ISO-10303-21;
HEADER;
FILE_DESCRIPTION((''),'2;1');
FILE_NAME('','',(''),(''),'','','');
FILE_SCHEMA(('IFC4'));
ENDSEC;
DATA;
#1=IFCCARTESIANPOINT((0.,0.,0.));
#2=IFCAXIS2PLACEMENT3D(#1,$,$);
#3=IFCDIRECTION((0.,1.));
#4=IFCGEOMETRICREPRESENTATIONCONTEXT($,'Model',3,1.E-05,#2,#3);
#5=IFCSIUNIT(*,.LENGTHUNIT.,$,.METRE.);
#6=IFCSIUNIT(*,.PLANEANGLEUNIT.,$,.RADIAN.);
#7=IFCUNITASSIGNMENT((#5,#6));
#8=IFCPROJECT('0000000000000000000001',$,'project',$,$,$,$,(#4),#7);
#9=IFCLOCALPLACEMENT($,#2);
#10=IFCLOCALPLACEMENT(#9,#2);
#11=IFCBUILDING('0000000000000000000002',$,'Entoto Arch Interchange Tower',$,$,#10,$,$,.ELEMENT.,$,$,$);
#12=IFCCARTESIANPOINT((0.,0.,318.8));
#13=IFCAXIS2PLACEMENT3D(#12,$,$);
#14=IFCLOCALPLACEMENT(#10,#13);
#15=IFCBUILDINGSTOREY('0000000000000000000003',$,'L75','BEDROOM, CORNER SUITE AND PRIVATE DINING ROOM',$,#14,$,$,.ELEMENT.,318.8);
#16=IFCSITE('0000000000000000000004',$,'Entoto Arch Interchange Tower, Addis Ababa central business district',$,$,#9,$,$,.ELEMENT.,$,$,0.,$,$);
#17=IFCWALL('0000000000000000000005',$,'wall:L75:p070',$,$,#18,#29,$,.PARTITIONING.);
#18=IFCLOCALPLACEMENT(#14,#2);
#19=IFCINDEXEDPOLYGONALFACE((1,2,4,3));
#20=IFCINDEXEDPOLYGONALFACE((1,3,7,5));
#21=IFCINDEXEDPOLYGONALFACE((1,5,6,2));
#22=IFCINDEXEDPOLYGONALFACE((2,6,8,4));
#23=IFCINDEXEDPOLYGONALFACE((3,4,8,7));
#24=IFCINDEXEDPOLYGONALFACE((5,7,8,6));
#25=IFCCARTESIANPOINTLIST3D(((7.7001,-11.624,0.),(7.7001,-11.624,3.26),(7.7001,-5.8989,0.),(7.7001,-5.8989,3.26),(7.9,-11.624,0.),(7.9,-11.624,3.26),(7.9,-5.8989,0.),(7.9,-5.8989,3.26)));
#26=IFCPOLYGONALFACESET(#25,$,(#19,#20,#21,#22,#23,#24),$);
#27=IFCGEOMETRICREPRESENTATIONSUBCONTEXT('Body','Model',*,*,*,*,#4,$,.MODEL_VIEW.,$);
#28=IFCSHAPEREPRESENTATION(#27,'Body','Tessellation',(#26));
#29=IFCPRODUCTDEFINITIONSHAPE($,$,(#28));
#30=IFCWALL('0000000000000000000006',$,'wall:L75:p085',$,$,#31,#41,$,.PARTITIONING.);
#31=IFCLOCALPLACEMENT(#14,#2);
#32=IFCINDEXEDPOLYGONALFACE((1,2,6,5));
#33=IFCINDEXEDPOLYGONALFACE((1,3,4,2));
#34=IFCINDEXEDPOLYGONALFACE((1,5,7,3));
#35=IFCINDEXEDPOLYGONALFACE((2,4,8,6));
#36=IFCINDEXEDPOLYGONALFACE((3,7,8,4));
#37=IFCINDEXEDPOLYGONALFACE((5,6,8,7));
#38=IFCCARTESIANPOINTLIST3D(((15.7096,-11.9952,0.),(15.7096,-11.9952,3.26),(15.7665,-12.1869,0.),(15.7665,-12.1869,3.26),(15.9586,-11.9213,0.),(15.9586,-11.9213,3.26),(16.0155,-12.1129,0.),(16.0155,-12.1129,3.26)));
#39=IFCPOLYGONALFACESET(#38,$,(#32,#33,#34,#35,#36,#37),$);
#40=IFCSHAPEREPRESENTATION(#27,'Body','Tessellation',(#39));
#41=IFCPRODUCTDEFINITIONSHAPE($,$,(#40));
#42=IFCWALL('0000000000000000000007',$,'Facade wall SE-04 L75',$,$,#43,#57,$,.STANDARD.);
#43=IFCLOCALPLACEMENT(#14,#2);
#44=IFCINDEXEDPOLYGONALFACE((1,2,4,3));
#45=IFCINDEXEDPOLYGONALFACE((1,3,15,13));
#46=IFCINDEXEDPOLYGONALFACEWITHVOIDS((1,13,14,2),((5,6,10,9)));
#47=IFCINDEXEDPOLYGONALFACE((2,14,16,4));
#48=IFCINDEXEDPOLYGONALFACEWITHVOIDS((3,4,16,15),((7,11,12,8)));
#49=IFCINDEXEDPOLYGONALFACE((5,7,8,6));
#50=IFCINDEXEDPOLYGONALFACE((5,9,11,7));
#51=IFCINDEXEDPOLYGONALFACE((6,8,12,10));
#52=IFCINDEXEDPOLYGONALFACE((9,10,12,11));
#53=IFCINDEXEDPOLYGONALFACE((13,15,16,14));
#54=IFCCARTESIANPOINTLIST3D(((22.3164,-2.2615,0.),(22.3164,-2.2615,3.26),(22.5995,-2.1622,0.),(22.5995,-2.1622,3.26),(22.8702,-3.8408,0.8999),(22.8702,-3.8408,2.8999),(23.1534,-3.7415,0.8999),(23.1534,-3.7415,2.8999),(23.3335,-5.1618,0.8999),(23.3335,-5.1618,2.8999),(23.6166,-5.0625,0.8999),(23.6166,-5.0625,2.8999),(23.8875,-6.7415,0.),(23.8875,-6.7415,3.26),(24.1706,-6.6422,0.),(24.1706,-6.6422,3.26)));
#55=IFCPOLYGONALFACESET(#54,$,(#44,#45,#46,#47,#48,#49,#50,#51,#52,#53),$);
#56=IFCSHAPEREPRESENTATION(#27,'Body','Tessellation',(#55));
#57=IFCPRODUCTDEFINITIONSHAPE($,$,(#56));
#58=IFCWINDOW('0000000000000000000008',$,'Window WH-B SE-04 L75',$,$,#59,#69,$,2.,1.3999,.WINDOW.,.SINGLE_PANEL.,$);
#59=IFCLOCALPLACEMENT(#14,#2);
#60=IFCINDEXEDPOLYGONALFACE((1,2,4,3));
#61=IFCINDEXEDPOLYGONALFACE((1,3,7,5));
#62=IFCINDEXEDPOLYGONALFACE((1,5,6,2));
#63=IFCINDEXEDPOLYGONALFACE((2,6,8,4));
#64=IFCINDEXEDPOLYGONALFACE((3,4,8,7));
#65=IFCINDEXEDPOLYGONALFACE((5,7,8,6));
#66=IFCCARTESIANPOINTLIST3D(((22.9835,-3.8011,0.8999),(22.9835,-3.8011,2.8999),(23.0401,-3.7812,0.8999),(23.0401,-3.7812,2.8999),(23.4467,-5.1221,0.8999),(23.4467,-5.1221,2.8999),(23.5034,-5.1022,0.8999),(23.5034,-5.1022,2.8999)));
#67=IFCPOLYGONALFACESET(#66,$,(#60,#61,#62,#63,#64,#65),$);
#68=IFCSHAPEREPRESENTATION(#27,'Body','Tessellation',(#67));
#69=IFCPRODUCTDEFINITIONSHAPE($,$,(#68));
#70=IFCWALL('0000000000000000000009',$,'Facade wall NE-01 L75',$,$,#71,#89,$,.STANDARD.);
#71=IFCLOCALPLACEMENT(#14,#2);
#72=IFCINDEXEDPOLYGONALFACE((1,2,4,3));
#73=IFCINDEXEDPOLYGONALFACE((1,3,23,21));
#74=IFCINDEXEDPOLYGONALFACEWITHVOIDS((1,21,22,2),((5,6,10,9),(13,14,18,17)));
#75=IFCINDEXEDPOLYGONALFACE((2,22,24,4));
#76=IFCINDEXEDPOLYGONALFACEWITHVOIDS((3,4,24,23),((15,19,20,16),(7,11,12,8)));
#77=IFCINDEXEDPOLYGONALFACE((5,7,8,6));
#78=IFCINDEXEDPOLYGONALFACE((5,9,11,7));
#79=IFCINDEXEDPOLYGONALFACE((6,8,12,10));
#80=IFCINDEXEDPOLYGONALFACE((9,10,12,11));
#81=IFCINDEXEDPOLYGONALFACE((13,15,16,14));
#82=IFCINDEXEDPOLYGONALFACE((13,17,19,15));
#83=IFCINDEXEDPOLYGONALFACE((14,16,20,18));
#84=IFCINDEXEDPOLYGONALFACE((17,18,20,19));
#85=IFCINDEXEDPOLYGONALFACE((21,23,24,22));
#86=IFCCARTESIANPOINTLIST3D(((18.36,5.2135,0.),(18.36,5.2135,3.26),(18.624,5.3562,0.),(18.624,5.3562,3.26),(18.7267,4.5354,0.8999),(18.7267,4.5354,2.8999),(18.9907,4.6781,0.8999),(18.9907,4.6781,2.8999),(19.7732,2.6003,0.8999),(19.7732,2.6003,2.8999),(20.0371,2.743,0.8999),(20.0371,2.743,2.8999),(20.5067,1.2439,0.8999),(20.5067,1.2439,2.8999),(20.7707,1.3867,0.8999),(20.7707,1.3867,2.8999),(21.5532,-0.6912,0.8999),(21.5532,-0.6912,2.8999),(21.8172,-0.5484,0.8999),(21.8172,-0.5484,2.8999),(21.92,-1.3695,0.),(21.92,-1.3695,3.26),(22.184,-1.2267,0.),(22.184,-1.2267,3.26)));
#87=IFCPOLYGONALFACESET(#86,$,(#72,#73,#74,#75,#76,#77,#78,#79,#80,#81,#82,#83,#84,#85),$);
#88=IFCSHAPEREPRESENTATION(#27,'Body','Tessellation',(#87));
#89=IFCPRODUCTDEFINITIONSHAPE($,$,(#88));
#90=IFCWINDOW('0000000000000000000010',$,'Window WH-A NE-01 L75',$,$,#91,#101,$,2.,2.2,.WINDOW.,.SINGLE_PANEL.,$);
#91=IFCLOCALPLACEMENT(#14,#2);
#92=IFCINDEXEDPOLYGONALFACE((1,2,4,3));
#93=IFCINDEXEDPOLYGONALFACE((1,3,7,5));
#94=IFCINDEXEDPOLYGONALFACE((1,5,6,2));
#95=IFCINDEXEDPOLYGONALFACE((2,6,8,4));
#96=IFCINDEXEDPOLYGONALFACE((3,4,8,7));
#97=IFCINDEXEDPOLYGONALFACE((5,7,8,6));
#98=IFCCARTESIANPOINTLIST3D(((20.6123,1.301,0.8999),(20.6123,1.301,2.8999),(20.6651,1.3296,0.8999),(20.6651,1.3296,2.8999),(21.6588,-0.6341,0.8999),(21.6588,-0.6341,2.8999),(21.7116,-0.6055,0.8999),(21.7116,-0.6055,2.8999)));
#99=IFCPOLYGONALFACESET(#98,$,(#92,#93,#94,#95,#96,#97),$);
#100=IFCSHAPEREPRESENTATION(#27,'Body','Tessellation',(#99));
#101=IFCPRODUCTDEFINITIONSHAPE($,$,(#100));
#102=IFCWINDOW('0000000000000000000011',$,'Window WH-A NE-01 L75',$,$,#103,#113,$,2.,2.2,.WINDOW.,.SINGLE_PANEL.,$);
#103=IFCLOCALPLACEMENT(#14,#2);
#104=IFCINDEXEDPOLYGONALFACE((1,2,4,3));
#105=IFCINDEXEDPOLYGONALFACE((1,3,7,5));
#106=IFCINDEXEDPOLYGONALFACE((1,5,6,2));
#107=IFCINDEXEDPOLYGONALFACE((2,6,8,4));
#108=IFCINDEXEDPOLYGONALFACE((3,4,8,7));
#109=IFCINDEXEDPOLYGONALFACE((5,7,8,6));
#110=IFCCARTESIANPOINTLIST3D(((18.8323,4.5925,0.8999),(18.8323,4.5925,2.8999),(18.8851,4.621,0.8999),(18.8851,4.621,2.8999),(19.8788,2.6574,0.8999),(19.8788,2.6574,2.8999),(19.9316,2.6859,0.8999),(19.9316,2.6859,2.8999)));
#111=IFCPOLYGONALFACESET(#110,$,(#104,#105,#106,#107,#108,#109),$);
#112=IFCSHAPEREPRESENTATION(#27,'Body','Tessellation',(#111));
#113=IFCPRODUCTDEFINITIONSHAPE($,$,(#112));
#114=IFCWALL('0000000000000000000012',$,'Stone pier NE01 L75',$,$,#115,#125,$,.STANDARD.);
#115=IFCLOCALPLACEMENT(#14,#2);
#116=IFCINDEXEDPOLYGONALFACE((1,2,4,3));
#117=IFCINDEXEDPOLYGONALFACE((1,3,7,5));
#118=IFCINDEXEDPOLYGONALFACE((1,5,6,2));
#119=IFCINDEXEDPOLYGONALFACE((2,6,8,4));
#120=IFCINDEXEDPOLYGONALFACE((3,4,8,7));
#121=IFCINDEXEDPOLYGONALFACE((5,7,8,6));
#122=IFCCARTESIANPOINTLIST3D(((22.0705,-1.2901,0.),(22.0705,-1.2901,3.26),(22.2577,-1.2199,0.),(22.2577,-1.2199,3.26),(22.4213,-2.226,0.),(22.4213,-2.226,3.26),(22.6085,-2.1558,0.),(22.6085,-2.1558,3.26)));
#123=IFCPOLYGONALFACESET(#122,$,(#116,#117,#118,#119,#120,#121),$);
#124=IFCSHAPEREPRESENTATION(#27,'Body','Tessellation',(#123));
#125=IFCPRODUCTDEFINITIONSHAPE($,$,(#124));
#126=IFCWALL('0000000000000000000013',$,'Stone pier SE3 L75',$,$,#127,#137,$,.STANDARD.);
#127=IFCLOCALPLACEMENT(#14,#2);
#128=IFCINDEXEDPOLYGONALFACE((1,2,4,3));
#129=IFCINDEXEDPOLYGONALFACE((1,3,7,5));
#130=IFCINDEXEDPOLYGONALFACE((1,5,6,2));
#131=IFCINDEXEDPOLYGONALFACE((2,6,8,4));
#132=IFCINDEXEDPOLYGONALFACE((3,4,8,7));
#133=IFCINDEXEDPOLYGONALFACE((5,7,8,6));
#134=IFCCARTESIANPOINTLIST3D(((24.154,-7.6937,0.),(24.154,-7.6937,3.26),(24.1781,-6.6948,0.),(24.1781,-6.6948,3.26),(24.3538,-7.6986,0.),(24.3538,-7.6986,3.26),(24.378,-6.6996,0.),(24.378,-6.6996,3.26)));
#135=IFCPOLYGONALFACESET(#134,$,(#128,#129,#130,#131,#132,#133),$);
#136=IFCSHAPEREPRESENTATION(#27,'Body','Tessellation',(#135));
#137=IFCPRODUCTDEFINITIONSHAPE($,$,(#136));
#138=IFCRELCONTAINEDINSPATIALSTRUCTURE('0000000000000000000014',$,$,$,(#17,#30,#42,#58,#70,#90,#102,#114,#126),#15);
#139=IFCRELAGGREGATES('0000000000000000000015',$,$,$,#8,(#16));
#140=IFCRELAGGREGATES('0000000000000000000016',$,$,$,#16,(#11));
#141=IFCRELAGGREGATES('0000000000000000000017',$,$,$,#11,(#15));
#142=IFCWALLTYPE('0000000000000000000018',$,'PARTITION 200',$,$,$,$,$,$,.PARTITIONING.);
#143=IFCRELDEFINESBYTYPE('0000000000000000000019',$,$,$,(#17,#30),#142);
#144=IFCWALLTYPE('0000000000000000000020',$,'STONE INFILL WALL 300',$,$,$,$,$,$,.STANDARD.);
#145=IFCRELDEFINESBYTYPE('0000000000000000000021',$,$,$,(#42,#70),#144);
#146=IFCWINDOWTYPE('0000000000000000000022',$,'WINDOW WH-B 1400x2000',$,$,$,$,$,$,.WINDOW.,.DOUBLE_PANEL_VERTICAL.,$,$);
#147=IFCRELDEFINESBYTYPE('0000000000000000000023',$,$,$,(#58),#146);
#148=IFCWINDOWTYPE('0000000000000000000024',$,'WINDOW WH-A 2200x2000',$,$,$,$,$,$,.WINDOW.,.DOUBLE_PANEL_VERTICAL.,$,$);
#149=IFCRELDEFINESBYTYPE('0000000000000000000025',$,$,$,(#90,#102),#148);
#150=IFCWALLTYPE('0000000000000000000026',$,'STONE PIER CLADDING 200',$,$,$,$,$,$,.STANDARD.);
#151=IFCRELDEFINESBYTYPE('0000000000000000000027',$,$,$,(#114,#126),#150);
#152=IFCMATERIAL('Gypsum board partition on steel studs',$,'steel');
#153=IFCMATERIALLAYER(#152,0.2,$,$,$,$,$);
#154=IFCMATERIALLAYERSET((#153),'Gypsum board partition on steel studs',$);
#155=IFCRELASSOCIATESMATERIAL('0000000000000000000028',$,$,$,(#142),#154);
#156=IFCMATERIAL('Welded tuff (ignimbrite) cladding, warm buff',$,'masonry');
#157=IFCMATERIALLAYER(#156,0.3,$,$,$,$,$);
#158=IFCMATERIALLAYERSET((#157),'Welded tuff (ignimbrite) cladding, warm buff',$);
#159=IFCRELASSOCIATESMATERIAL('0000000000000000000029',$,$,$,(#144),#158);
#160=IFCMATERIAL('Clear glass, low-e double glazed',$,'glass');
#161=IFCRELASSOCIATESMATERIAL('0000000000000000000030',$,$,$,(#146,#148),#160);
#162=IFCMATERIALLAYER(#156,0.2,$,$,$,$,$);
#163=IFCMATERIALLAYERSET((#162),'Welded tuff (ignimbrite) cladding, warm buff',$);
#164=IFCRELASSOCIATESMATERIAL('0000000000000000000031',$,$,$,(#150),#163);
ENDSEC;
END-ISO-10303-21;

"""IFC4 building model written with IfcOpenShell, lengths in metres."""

from ifc_helpers import new_model, si_unit, direction, frame, frame_2d, origin, place, context, subcontext, project, spatial, rectangle, extrude, material, layer, layer_set, type_object, element, fill, save


model = new_model("IFC4")

# Units and contexts
model_context = context("Model", 3, precision=1e-05, world=origin(), true_north=direction((0.0, 1.0)))
body_context = subcontext(model_context, "Body", "Model", "MODEL_VIEW")
ifc_project = project(units=[si_unit("LENGTHUNIT", "METRE"), si_unit("PLANEANGLEUNIT", "RADIAN")], contexts=[model_context])

# Site, building, storey
site_placement = place(None, origin())
site = spatial("IfcSite", under=ifc_project, at=site_placement, Name="Entoto Arch Interchange Tower, Addis Ababa central business district", CompositionType="ELEMENT", RefElevation=0.0)
building_placement = place(site_placement, origin())
building = spatial("IfcBuilding", under=site, at=building_placement, Name="Entoto Arch Interchange Tower", CompositionType="ELEMENT")
storey_placement = place(building_placement, frame((0.0, 0.0, 318.8)))
storey = spatial("IfcBuildingStorey", under=building, at=storey_placement, Name="L75", Description="BEDROOM, CORNER SUITE AND PRIVATE DINING ROOM", CompositionType="ELEMENT", Elevation=318.8)

# Shared definitions
ifc_material_1 = material(Name="Gypsum board partition on steel studs", Category="steel")
ifc_layer_1 = layer(ifc_material_1, 0.2)
ifc_layer_set_1 = layer_set([ifc_layer_1], Name="Gypsum board partition on steel studs")
wall_type_1 = type_object("IfcWallType", Name="PARTITION 200", PredefinedType="PARTITIONING", material=ifc_layer_set_1)

# Walls
wall_1_placement = place(storey_placement, frame((7.8, -5.8989, 0.0), z_axis=(0.0, 0.0, 1.0), x_axis=(0.0, -1.0, 0.0)))
element("IfcWall", 1, at=wall_1_placement, inside=storey, type_object=wall_type_1, Name="wall:L75:p070", PredefinedType="PARTITIONING", context=body_context, shape_type="SweptSolid", body=[
    extrude(rectangle(XDim=5.7251, YDim=0.2, at=frame_2d((2.8625, 0.0))), origin(), (0.0, 0.0, 1.0), 3.26),
])
wall_2_placement = place(storey_placement, frame((15.9871, -12.0171, 0.0), z_axis=(0.0, 0.0, 1.0), x_axis=(-0.958599, -0.28476, 0.0)))
element("IfcWall", 2, at=wall_2_placement, inside=storey, type_object=wall_type_1, Name="wall:L75:p085", PredefinedType="PARTITIONING", context=body_context, shape_type="SweptSolid", body=[
    extrude(rectangle(XDim=0.2598, YDim=0.2, at=frame_2d((0.1299, 0.0))), origin(), (0.0, 0.0, 1.0), 3.26),
])

# Wall, opening, window
ifc_material_2 = material(Name="Welded tuff (ignimbrite) cladding, warm buff", Category="masonry")
ifc_layer_2 = layer(ifc_material_2, 0.3)
ifc_layer_set_2 = layer_set([ifc_layer_2], Name="Welded tuff (ignimbrite) cladding, warm buff")
wall_type_2 = type_object("IfcWallType", Name="STONE INFILL WALL 300", PredefinedType="STANDARD", material=ifc_layer_set_2)
wall_3_placement = place(storey_placement, frame((24.0291, -6.6919, 0.0), z_axis=(0.0, 0.0, 1.0), x_axis=(-0.330923, 0.943658, 0.0)))
wall_3 = element("IfcWall", 3, at=wall_3_placement, inside=storey, type_object=wall_type_2, Name="Facade wall SE-04 L75", PredefinedType="STANDARD", context=body_context, shape_type="SweptSolid", body=[
    extrude(rectangle(XDim=4.7476, YDim=0.3, at=frame_2d((2.3738, 0.0))), origin(), (0.0, 0.0, 1.0), 3.26),
])
opening_1_placement = place(wall_3_placement, frame((1.6741, 0.0, 0.8999)))
opening_1 = element("IfcOpeningElement", 4, at=opening_1_placement, cuts=wall_3, PredefinedType="OPENING", context=body_context, shape_type="SweptSolid", body=[
    extrude(rectangle(XDim=1.3999, YDim=2.0, at=frame_2d((0.7, 1.0))), frame((0.0, 0.1602, 0.0), z_axis=(0.0, -1.0, 0.0), x_axis=(1.0, 0.0, 0.0)), (0.0, 0.0, 1.0), 0.3201),
])
ifc_material_3 = material(Name="Clear glass, low-e double glazed", Category="glass")
window_type_1 = type_object("IfcWindowType", Name="WINDOW WH-B 1400x2000", PartitioningType="DOUBLE_PANEL_VERTICAL", PredefinedType="WINDOW", material=ifc_material_3)
window_1_placement = place(opening_1_placement, origin())
window_1 = element("IfcWindow", 5, at=window_1_placement, inside=storey, type_object=window_type_1, Name="Window WH-B SE-04 L75", OverallHeight=2.0, OverallWidth=1.3999, PartitioningType="SINGLE_PANEL", PredefinedType="WINDOW", context=body_context, shape_type="SweptSolid", body=[
    extrude(rectangle(XDim=1.3999, YDim=2.0, at=frame_2d((0.7, 1.0))), frame((0.0, 0.03, 0.0), z_axis=(0.0, -1.0, 0.0), x_axis=(1.0, 0.0, 0.0)), (0.0, 0.0, 1.0), 0.0601),
])
fill(opening_1, window_1)

# Wall, openings, windows
wall_4_placement = place(storey_placement, frame((22.052, -1.2981, 0.0), z_axis=(0.0, 0.0, 1.0), x_axis=(-0.47569, 0.879613, 0.0)))
wall_4 = element("IfcWall", 6, at=wall_4_placement, inside=storey, type_object=wall_type_2, Name="Facade wall NE-01 L75", PredefinedType="STANDARD", context=body_context, shape_type="SweptSolid", body=[
    extrude(rectangle(XDim=7.4839, YDim=0.3, at=frame_2d((3.7419, 0.0))), origin(), (0.0, 0.0, 1.0), 3.26),
])
opening_2_placement = place(wall_4_placement, frame((0.771, 0.0, 0.8999)))
opening_2 = element("IfcOpeningElement", 7, at=opening_2_placement, cuts=wall_4, PredefinedType="OPENING", context=body_context, shape_type="SweptSolid", body=[
    extrude(rectangle(XDim=2.2, YDim=2.0, at=frame_2d((1.1001, 1.0))), frame((0.0, 0.1602, 0.0), z_axis=(0.0, -1.0, 0.0), x_axis=(1.0, 0.0, 0.0)), (0.0, 0.0, 1.0), 0.3201),
])
opening_3_placement = place(wall_4_placement, frame((4.5129, 0.0, 0.8999)))
opening_3 = element("IfcOpeningElement", 8, at=opening_3_placement, cuts=wall_4, PredefinedType="OPENING", context=body_context, shape_type="SweptSolid", body=[
    extrude(rectangle(XDim=2.2, YDim=2.0, at=frame_2d((1.1001, 1.0))), frame((0.0, 0.1602, 0.0), z_axis=(0.0, -1.0, 0.0), x_axis=(1.0, 0.0, 0.0)), (0.0, 0.0, 1.0), 0.3201),
])
window_type_2 = type_object("IfcWindowType", Name="WINDOW WH-A 2200x2000", PartitioningType="DOUBLE_PANEL_VERTICAL", PredefinedType="WINDOW", material=ifc_material_3)
window_2_placement = place(opening_2_placement, origin())
window_2 = element("IfcWindow", 9, at=window_2_placement, inside=storey, type_object=window_type_2, Name="Window WH-A NE-01 L75", OverallHeight=2.0, OverallWidth=2.2, PartitioningType="SINGLE_PANEL", PredefinedType="WINDOW", context=body_context, shape_type="SweptSolid", body=[
    extrude(rectangle(XDim=2.2, YDim=2.0, at=frame_2d((1.1001, 1.0))), frame((0.0, 0.03, 0.0), z_axis=(0.0, -1.0, 0.0), x_axis=(1.0, 0.0, 0.0)), (0.0, 0.0, 1.0), 0.0601),
])
fill(opening_2, window_2)
window_3_placement = place(opening_3_placement, origin())
window_3 = element("IfcWindow", 10, at=window_3_placement, inside=storey, type_object=window_type_2, Name="Window WH-A NE-01 L75", OverallHeight=2.0, OverallWidth=2.2, PartitioningType="SINGLE_PANEL", PredefinedType="WINDOW", context=body_context, shape_type="SweptSolid", body=[
    extrude(rectangle(XDim=2.2, YDim=2.0, at=frame_2d((1.1001, 1.0))), frame((0.0, 0.03, 0.0), z_axis=(0.0, -1.0, 0.0), x_axis=(1.0, 0.0, 0.0)), (0.0, 0.0, 1.0), 0.0601),
])
fill(opening_3, window_3)

# Walls
ifc_layer_3 = layer(ifc_material_2, 0.2)
ifc_layer_set_3 = layer_set([ifc_layer_3], Name="Welded tuff (ignimbrite) cladding, warm buff")
wall_type_3 = type_object("IfcWallType", Name="STONE PIER CLADDING 200", PredefinedType="STANDARD", material=ifc_layer_set_3)
wall_5_placement = place(storey_placement, frame((22.5149, -2.1909, 0.0), z_axis=(0.0, 0.0, 1.0), x_axis=(-0.350963, 0.936389, 0.0)))
element("IfcWall", 11, at=wall_5_placement, inside=storey, type_object=wall_type_3, Name="Stone pier NE01 L75", PredefinedType="STANDARD", context=body_context, shape_type="SweptSolid", body=[
    extrude(rectangle(XDim=0.9995, YDim=0.2, at=frame_2d((0.4998, 0.0))), origin(), (0.0, 0.0, 1.0), 3.26),
])
wall_6_placement = place(storey_placement, frame((24.2539, -7.696, 0.0), z_axis=(0.0, 0.0, 1.0), x_axis=(0.024186, 0.999707, 0.0)))
element("IfcWall", 12, at=wall_6_placement, inside=storey, type_object=wall_type_3, Name="Stone pier SE3 L75", PredefinedType="STANDARD", context=body_context, shape_type="SweptSolid", body=[
    extrude(rectangle(XDim=0.9993, YDim=0.2, at=frame_2d((0.4995, 0.0))), origin(), (0.0, 0.0, 1.0), 3.26),
])

save(model, "model.ifc")
